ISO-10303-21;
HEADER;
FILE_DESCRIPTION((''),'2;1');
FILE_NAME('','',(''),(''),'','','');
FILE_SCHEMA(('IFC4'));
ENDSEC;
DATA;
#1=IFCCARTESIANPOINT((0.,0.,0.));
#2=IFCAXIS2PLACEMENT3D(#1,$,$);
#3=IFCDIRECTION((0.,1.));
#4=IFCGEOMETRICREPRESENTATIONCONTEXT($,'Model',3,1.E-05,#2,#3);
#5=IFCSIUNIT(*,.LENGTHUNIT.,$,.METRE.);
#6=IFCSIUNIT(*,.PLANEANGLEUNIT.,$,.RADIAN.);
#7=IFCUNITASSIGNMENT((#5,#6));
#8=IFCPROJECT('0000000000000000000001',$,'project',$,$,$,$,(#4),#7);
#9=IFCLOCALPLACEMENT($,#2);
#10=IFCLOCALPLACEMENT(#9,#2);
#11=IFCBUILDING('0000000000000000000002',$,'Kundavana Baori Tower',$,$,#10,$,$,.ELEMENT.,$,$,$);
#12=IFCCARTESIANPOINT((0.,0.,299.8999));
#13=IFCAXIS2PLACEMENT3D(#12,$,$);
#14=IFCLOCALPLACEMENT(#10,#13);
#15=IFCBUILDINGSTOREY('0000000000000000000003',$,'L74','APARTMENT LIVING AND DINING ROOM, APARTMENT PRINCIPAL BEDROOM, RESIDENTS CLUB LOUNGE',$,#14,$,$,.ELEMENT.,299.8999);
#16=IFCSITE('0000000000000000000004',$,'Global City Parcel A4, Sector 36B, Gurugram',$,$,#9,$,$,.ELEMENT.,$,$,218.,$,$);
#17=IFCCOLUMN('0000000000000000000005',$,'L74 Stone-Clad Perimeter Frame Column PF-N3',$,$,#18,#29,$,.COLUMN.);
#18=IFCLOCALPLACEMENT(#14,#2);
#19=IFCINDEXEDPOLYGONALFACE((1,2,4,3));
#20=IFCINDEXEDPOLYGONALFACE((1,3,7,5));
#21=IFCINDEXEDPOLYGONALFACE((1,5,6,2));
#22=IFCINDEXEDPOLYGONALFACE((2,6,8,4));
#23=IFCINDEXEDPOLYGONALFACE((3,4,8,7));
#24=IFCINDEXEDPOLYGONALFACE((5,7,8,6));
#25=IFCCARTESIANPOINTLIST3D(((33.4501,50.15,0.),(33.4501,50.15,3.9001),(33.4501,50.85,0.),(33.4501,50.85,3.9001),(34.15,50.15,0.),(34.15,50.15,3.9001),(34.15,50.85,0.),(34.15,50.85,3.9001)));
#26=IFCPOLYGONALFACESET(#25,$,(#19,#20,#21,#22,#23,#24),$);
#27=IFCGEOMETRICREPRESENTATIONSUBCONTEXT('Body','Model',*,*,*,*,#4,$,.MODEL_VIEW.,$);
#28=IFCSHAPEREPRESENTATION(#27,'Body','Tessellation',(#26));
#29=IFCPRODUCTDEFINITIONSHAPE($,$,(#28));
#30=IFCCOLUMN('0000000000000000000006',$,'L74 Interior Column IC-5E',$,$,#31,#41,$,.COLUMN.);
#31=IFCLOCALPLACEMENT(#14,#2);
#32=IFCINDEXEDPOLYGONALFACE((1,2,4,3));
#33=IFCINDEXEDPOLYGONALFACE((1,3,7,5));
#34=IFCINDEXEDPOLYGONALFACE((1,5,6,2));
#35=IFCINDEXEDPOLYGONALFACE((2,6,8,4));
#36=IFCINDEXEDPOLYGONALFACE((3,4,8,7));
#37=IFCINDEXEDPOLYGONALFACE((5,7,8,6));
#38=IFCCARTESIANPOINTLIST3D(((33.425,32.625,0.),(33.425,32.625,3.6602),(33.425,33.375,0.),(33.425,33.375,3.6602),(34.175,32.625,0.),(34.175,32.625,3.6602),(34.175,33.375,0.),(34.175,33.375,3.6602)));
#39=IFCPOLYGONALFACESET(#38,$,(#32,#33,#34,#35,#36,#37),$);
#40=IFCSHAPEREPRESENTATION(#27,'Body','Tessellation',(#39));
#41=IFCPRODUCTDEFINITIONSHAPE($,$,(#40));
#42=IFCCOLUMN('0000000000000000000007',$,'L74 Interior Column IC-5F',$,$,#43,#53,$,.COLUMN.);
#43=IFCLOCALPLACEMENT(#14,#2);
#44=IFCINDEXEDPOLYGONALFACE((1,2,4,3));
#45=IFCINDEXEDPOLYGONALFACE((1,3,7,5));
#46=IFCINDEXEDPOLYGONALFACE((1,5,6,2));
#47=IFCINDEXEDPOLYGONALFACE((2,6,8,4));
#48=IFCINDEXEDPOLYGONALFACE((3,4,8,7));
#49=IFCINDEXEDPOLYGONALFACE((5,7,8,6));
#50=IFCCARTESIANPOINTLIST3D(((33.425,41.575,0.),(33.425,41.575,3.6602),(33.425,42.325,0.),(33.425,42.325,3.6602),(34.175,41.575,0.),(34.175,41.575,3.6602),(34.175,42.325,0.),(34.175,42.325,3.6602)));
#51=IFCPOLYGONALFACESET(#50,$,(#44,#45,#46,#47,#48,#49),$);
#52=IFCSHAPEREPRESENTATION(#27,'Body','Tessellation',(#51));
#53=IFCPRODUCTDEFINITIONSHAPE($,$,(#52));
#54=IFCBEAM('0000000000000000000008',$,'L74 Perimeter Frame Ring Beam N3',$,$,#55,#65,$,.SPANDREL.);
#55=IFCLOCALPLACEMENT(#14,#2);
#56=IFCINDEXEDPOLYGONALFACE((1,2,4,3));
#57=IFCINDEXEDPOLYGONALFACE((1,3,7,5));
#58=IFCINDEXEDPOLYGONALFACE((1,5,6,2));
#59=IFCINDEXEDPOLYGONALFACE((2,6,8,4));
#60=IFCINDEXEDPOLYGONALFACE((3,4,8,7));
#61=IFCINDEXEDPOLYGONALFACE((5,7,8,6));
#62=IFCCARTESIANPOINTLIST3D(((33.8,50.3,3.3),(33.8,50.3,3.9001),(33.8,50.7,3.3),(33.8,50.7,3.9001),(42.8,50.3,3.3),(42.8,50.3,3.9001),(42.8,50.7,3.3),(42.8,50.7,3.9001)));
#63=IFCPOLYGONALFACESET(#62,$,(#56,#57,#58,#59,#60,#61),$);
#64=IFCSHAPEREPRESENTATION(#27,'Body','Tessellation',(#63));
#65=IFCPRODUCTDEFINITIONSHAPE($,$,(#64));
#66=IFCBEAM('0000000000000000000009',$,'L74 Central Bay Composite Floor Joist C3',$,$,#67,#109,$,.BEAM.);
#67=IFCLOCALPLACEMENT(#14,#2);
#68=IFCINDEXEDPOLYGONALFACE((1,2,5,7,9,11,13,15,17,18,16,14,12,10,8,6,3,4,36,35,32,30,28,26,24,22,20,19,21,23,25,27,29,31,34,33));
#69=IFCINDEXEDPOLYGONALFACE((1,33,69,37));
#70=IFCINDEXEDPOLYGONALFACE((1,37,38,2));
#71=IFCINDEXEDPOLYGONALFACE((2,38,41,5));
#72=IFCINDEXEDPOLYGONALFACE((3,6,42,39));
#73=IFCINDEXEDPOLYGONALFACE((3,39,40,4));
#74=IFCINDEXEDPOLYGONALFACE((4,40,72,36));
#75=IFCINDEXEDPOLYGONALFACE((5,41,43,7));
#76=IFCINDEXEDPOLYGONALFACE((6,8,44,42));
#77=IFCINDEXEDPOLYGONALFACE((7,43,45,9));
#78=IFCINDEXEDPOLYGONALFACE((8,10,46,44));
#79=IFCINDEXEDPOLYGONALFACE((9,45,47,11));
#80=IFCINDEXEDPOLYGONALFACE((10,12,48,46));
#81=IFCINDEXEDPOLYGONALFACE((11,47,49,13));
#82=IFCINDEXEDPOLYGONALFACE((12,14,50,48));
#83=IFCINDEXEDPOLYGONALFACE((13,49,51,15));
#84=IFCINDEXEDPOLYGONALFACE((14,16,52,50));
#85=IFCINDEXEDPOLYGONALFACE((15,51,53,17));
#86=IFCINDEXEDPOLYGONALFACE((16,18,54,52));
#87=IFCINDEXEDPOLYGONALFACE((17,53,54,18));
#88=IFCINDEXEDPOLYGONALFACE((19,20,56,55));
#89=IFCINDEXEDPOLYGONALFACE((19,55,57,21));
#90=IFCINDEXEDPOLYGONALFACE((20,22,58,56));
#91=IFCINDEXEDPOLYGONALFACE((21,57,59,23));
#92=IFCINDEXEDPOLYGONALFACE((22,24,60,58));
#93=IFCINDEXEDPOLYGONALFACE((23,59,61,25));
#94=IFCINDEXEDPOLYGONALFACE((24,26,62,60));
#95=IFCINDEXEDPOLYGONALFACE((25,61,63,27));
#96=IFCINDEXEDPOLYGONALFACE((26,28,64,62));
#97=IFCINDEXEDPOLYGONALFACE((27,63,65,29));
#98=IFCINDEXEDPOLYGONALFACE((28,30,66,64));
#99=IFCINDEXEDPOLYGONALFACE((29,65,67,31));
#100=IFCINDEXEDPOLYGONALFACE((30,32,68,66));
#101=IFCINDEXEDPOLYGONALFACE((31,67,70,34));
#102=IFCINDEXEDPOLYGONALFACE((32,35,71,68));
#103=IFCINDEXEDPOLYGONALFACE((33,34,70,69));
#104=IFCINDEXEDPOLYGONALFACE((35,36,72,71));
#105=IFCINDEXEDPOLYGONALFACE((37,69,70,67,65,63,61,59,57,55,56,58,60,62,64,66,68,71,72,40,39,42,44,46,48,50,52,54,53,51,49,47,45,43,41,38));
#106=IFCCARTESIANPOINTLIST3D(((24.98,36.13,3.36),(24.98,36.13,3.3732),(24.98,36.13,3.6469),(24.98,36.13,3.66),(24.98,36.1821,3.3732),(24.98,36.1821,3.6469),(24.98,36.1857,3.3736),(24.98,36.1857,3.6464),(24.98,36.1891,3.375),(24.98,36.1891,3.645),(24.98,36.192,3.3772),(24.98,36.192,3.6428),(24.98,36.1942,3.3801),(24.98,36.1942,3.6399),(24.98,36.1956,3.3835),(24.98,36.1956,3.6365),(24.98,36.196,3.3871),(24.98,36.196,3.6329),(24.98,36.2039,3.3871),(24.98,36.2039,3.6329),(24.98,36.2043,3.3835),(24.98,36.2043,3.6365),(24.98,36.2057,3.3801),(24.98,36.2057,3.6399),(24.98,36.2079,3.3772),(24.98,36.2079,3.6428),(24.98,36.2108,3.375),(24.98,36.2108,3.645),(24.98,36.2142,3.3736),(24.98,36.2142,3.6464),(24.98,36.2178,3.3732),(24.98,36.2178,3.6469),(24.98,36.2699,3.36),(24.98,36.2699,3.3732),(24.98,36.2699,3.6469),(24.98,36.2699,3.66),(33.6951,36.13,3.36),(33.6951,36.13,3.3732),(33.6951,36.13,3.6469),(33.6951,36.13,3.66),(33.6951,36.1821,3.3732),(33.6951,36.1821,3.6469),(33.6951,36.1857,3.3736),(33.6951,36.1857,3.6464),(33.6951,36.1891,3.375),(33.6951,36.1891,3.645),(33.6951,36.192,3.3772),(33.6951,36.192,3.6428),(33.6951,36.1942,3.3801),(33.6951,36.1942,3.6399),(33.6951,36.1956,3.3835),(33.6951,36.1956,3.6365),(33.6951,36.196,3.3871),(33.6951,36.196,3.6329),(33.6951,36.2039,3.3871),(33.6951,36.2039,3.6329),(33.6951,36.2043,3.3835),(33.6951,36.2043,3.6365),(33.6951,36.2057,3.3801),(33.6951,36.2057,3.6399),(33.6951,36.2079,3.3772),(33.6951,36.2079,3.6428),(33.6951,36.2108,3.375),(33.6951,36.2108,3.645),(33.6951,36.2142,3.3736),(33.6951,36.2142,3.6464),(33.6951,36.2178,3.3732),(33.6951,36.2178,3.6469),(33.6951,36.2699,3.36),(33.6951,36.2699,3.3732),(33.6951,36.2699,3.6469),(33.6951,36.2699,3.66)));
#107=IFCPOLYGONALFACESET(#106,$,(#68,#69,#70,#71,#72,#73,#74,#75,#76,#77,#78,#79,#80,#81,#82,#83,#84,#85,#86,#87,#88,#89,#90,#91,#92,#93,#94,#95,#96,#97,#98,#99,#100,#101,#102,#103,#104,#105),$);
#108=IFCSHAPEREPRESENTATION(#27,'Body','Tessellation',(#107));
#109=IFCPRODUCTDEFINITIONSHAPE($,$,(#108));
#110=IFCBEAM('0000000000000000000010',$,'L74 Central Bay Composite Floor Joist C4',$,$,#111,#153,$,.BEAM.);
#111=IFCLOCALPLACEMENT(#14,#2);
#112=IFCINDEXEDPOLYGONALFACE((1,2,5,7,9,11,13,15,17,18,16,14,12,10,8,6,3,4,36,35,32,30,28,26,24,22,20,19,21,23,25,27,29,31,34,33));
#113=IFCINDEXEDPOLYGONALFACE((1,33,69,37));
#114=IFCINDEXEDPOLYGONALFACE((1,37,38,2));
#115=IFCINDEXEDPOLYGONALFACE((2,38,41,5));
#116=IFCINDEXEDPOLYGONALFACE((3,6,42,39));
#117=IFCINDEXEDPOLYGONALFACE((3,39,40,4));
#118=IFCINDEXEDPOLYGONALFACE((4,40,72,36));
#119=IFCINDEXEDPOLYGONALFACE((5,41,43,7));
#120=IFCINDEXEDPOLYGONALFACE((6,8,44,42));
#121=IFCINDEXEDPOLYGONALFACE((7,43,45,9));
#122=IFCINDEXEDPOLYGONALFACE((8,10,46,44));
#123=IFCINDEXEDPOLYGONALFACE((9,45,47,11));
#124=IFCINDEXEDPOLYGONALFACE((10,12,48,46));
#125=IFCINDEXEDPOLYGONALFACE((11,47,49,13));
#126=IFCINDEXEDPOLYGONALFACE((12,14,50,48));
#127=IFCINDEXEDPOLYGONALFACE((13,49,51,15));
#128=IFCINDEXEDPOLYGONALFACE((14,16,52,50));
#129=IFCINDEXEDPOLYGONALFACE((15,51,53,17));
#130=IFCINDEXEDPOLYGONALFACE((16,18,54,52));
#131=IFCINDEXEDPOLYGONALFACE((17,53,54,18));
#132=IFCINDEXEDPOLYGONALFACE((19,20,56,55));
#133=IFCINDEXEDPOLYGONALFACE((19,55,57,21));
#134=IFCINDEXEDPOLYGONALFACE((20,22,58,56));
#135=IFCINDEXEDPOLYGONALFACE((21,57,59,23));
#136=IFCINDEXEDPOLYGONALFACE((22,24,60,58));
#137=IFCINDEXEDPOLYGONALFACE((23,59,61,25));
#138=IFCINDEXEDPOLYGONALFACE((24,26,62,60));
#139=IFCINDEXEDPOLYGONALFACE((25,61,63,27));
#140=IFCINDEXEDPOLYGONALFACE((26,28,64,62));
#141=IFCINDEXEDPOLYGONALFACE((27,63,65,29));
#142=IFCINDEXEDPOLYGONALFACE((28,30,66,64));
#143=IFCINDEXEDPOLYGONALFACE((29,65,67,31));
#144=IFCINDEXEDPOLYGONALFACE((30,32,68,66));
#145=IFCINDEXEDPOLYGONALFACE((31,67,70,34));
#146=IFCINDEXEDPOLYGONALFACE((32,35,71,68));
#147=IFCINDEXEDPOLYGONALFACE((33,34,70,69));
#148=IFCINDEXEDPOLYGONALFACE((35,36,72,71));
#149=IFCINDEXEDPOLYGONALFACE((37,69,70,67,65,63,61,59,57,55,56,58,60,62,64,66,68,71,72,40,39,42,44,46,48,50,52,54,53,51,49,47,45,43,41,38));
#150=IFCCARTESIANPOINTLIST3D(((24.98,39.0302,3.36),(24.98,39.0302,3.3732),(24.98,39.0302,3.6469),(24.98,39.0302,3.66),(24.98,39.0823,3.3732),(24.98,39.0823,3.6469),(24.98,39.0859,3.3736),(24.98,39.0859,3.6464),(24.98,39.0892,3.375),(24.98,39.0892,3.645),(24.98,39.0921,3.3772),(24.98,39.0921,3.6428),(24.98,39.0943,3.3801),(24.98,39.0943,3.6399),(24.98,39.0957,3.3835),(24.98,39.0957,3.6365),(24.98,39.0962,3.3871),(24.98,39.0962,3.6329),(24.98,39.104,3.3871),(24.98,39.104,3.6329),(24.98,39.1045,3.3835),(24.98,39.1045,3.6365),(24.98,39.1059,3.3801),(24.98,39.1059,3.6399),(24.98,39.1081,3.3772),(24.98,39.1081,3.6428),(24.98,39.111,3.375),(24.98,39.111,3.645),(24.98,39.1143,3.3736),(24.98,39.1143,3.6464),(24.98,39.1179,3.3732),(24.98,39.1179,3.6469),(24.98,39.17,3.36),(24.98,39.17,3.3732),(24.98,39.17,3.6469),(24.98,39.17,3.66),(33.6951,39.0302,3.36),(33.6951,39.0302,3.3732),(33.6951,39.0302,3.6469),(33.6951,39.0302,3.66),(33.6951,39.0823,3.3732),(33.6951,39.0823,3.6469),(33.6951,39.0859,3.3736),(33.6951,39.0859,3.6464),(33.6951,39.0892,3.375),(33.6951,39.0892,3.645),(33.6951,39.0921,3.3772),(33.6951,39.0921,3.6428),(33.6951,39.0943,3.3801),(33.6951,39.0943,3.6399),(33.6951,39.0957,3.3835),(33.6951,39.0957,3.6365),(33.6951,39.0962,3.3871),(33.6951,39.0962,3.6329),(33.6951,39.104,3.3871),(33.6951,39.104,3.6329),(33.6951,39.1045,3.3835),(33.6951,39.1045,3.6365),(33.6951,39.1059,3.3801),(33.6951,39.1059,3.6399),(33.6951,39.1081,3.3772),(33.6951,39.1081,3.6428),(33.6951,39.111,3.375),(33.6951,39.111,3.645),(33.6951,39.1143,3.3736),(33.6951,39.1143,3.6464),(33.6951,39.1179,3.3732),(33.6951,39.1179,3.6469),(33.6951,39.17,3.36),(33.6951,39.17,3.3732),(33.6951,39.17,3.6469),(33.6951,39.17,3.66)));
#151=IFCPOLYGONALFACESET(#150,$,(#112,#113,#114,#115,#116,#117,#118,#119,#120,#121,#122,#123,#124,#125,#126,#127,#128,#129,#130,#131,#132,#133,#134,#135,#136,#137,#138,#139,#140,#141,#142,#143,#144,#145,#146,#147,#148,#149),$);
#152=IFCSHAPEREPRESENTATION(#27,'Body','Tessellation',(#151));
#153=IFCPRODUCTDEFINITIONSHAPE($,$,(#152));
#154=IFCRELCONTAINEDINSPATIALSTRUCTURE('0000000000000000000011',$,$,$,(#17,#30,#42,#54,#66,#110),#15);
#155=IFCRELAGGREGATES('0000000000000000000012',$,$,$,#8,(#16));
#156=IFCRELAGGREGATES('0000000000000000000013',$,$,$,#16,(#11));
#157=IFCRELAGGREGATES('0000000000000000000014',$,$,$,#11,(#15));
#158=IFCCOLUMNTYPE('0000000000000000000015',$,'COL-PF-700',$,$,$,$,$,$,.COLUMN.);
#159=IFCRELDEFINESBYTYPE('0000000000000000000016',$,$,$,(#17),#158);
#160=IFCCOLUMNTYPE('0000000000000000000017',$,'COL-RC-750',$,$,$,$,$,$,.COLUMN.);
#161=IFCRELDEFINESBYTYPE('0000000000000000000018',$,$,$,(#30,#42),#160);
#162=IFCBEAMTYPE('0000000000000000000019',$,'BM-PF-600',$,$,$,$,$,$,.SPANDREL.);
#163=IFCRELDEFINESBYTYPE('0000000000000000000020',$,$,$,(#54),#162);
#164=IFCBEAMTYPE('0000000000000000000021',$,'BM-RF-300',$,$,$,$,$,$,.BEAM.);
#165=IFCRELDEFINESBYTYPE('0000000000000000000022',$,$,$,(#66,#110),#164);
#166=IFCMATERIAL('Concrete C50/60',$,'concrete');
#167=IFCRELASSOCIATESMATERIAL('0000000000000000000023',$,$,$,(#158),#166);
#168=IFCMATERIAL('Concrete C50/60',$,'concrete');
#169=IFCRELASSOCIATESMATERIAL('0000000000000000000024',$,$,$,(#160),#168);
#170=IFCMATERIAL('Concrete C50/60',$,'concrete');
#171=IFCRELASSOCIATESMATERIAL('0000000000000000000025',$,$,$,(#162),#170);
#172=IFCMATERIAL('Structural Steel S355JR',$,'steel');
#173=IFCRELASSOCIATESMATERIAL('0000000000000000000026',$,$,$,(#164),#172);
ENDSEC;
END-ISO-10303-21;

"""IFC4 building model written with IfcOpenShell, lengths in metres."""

from ifc_helpers import new_model, si_unit, direction, frame, origin, origin_2d, place, context, subcontext, project, spatial, rectangle, i_section, extrude, material, material_profile, profile_set, type_object, element, save


model = new_model("IFC4")

# Units and contexts
model_context = context("Model", 3, precision=1e-05, world=origin(), true_north=direction((0.0, 1.0)))
body_context = subcontext(model_context, "Body", "Model", "MODEL_VIEW")
ifc_project = project(units=[si_unit("LENGTHUNIT", "METRE"), si_unit("PLANEANGLEUNIT", "RADIAN")], contexts=[model_context])

# Site, building, storey
site_placement = place(None, origin())
site = spatial("IfcSite", under=ifc_project, at=site_placement, Name="Global City Parcel A4, Sector 36B, Gurugram", CompositionType="ELEMENT", RefElevation=218.0)
building_placement = place(site_placement, origin())
building = spatial("IfcBuilding", under=site, at=building_placement, Name="Kundavana Baori Tower", CompositionType="ELEMENT")
storey_placement = place(building_placement, frame((0.0, 0.0, 299.8999)))
storey = spatial("IfcBuildingStorey", under=building, at=storey_placement, Name="L74", Description="APARTMENT LIVING AND DINING ROOM, APARTMENT PRINCIPAL BEDROOM, RESIDENTS CLUB LOUNGE", CompositionType="ELEMENT", Elevation=299.8999)

# Columns
ifc_material_1 = material(Name="Concrete C50/60", Category="concrete")
ifc_material_profile_1 = material_profile(ifc_material_1, rectangle(XDim=0.7, YDim=0.7, at=origin_2d()), Name="RC PF 700x700")
ifc_profile_set_1 = profile_set([ifc_material_profile_1], Name="Concrete C50/60")
column_type_1 = type_object("IfcColumnType", Name="COL-PF-700", PredefinedType="COLUMN", material=ifc_profile_set_1)
column_placement = place(storey_placement, frame((33.8, 50.5, 0.0), z_axis=(0.0, 0.0, 1.0), x_axis=(1.0, 0.0, 0.0)))
element("IfcColumn", 1, at=column_placement, inside=storey, type_object=column_type_1, Name="L74 Stone-Clad Perimeter Frame Column PF-N3", PredefinedType="COLUMN", context=body_context, shape_type="SweptSolid", body=[
    extrude(rectangle(XDim=0.7, YDim=0.7, at=origin_2d()), origin(), (0.0, 0.0, 1.0), 3.9001),
])
ifc_material_2 = material(Name="Concrete C50/60", Category="concrete")
ifc_material_profile_2 = material_profile(ifc_material_2, rectangle(XDim=0.75, YDim=0.75, at=origin_2d()), Name="RC 750x750")
ifc_profile_set_2 = profile_set([ifc_material_profile_2], Name="Concrete C50/60")
column_type_2 = type_object("IfcColumnType", Name="COL-RC-750", PredefinedType="COLUMN", material=ifc_profile_set_2)
for number, where, z_axis, x_axis, name in (
    (2, (33.8, 33.0, 0.0), (0.0, 0.0, 1.0), (1.0, 0.0, 0.0), "L74 Interior Column IC-5E"),
    (3, (33.8, 41.95, 0.0), (0.0, 0.0, 1.0), (1.0, 0.0, 0.0), "L74 Interior Column IC-5F"),
):
    element("IfcColumn", number, at=place(storey_placement, frame(where, z_axis=z_axis, x_axis=x_axis)), inside=storey, type_object=column_type_2, Name=name, PredefinedType="COLUMN", context=body_context, shape_type="SweptSolid", body=[
        extrude(rectangle(XDim=0.75, YDim=0.75, at=origin_2d()), origin(), (0.0, 0.0, 1.0), 3.6602),
    ])

# Beams
ifc_material_3 = material(Name="Concrete C50/60", Category="concrete")
ifc_material_profile_3 = material_profile(ifc_material_3, rectangle(XDim=0.3999, YDim=0.6001, at=origin_2d()), Name="RC BM 400x600")
ifc_profile_set_3 = profile_set([ifc_material_profile_3], Name="Concrete C50/60")
beam_type_1 = type_object("IfcBeamType", Name="BM-PF-600", PredefinedType="SPANDREL", material=ifc_profile_set_3)
beam_1_placement = place(storey_placement, frame((33.8, 50.5, 3.6001), z_axis=(1.0, 0.0, 0.0), x_axis=(0.0, 1.0, 0.0)))
element("IfcBeam", 4, at=beam_1_placement, inside=storey, type_object=beam_type_1, Name="L74 Perimeter Frame Ring Beam N3", PredefinedType="SPANDREL", context=body_context, shape_type="SweptSolid", body=[
    extrude(rectangle(XDim=0.3999, YDim=0.6001, at=origin_2d()), origin(), (0.0, 0.0, 1.0), 9.0),
])
ifc_material_4 = material(Name="Structural Steel S355JR", Category="steel")
ifc_material_profile_4 = material_profile(ifc_material_4, i_section(OverallWidth=0.1399, OverallDepth=0.3, WebThickness=0.0078, FlangeThickness=0.0132, FilletRadius=0.0139, at=origin_2d()), Name="ISMB 300")
ifc_profile_set_4 = profile_set([ifc_material_profile_4], Name="Structural Steel S355JR")
beam_type_2 = type_object("IfcBeamType", Name="BM-RF-300", PredefinedType="BEAM", material=ifc_profile_set_4)
for number, where, z_axis, x_axis, name in (
    (5, (24.98, 36.2, 3.51), (1.0, 0.0, 0.0), (0.0, 1.0, 0.0), "L74 Central Bay Composite Floor Joist C3"),
    (6, (24.98, 39.1001, 3.51), (1.0, 0.0, 0.0), (0.0, 1.0, 0.0), "L74 Central Bay Composite Floor Joist C4"),
):
    element("IfcBeam", number, at=place(storey_placement, frame(where, z_axis=z_axis, x_axis=x_axis)), inside=storey, type_object=beam_type_2, Name=name, PredefinedType="BEAM", context=body_context, shape_type="SweptSolid", body=[
        extrude(i_section(OverallWidth=0.1399, OverallDepth=0.3, WebThickness=0.0078, FlangeThickness=0.0132, FilletRadius=0.0139, at=origin_2d()), origin(), (0.0, 0.0, 1.0), 8.7151),
    ])

save(model, "model.ifc")
